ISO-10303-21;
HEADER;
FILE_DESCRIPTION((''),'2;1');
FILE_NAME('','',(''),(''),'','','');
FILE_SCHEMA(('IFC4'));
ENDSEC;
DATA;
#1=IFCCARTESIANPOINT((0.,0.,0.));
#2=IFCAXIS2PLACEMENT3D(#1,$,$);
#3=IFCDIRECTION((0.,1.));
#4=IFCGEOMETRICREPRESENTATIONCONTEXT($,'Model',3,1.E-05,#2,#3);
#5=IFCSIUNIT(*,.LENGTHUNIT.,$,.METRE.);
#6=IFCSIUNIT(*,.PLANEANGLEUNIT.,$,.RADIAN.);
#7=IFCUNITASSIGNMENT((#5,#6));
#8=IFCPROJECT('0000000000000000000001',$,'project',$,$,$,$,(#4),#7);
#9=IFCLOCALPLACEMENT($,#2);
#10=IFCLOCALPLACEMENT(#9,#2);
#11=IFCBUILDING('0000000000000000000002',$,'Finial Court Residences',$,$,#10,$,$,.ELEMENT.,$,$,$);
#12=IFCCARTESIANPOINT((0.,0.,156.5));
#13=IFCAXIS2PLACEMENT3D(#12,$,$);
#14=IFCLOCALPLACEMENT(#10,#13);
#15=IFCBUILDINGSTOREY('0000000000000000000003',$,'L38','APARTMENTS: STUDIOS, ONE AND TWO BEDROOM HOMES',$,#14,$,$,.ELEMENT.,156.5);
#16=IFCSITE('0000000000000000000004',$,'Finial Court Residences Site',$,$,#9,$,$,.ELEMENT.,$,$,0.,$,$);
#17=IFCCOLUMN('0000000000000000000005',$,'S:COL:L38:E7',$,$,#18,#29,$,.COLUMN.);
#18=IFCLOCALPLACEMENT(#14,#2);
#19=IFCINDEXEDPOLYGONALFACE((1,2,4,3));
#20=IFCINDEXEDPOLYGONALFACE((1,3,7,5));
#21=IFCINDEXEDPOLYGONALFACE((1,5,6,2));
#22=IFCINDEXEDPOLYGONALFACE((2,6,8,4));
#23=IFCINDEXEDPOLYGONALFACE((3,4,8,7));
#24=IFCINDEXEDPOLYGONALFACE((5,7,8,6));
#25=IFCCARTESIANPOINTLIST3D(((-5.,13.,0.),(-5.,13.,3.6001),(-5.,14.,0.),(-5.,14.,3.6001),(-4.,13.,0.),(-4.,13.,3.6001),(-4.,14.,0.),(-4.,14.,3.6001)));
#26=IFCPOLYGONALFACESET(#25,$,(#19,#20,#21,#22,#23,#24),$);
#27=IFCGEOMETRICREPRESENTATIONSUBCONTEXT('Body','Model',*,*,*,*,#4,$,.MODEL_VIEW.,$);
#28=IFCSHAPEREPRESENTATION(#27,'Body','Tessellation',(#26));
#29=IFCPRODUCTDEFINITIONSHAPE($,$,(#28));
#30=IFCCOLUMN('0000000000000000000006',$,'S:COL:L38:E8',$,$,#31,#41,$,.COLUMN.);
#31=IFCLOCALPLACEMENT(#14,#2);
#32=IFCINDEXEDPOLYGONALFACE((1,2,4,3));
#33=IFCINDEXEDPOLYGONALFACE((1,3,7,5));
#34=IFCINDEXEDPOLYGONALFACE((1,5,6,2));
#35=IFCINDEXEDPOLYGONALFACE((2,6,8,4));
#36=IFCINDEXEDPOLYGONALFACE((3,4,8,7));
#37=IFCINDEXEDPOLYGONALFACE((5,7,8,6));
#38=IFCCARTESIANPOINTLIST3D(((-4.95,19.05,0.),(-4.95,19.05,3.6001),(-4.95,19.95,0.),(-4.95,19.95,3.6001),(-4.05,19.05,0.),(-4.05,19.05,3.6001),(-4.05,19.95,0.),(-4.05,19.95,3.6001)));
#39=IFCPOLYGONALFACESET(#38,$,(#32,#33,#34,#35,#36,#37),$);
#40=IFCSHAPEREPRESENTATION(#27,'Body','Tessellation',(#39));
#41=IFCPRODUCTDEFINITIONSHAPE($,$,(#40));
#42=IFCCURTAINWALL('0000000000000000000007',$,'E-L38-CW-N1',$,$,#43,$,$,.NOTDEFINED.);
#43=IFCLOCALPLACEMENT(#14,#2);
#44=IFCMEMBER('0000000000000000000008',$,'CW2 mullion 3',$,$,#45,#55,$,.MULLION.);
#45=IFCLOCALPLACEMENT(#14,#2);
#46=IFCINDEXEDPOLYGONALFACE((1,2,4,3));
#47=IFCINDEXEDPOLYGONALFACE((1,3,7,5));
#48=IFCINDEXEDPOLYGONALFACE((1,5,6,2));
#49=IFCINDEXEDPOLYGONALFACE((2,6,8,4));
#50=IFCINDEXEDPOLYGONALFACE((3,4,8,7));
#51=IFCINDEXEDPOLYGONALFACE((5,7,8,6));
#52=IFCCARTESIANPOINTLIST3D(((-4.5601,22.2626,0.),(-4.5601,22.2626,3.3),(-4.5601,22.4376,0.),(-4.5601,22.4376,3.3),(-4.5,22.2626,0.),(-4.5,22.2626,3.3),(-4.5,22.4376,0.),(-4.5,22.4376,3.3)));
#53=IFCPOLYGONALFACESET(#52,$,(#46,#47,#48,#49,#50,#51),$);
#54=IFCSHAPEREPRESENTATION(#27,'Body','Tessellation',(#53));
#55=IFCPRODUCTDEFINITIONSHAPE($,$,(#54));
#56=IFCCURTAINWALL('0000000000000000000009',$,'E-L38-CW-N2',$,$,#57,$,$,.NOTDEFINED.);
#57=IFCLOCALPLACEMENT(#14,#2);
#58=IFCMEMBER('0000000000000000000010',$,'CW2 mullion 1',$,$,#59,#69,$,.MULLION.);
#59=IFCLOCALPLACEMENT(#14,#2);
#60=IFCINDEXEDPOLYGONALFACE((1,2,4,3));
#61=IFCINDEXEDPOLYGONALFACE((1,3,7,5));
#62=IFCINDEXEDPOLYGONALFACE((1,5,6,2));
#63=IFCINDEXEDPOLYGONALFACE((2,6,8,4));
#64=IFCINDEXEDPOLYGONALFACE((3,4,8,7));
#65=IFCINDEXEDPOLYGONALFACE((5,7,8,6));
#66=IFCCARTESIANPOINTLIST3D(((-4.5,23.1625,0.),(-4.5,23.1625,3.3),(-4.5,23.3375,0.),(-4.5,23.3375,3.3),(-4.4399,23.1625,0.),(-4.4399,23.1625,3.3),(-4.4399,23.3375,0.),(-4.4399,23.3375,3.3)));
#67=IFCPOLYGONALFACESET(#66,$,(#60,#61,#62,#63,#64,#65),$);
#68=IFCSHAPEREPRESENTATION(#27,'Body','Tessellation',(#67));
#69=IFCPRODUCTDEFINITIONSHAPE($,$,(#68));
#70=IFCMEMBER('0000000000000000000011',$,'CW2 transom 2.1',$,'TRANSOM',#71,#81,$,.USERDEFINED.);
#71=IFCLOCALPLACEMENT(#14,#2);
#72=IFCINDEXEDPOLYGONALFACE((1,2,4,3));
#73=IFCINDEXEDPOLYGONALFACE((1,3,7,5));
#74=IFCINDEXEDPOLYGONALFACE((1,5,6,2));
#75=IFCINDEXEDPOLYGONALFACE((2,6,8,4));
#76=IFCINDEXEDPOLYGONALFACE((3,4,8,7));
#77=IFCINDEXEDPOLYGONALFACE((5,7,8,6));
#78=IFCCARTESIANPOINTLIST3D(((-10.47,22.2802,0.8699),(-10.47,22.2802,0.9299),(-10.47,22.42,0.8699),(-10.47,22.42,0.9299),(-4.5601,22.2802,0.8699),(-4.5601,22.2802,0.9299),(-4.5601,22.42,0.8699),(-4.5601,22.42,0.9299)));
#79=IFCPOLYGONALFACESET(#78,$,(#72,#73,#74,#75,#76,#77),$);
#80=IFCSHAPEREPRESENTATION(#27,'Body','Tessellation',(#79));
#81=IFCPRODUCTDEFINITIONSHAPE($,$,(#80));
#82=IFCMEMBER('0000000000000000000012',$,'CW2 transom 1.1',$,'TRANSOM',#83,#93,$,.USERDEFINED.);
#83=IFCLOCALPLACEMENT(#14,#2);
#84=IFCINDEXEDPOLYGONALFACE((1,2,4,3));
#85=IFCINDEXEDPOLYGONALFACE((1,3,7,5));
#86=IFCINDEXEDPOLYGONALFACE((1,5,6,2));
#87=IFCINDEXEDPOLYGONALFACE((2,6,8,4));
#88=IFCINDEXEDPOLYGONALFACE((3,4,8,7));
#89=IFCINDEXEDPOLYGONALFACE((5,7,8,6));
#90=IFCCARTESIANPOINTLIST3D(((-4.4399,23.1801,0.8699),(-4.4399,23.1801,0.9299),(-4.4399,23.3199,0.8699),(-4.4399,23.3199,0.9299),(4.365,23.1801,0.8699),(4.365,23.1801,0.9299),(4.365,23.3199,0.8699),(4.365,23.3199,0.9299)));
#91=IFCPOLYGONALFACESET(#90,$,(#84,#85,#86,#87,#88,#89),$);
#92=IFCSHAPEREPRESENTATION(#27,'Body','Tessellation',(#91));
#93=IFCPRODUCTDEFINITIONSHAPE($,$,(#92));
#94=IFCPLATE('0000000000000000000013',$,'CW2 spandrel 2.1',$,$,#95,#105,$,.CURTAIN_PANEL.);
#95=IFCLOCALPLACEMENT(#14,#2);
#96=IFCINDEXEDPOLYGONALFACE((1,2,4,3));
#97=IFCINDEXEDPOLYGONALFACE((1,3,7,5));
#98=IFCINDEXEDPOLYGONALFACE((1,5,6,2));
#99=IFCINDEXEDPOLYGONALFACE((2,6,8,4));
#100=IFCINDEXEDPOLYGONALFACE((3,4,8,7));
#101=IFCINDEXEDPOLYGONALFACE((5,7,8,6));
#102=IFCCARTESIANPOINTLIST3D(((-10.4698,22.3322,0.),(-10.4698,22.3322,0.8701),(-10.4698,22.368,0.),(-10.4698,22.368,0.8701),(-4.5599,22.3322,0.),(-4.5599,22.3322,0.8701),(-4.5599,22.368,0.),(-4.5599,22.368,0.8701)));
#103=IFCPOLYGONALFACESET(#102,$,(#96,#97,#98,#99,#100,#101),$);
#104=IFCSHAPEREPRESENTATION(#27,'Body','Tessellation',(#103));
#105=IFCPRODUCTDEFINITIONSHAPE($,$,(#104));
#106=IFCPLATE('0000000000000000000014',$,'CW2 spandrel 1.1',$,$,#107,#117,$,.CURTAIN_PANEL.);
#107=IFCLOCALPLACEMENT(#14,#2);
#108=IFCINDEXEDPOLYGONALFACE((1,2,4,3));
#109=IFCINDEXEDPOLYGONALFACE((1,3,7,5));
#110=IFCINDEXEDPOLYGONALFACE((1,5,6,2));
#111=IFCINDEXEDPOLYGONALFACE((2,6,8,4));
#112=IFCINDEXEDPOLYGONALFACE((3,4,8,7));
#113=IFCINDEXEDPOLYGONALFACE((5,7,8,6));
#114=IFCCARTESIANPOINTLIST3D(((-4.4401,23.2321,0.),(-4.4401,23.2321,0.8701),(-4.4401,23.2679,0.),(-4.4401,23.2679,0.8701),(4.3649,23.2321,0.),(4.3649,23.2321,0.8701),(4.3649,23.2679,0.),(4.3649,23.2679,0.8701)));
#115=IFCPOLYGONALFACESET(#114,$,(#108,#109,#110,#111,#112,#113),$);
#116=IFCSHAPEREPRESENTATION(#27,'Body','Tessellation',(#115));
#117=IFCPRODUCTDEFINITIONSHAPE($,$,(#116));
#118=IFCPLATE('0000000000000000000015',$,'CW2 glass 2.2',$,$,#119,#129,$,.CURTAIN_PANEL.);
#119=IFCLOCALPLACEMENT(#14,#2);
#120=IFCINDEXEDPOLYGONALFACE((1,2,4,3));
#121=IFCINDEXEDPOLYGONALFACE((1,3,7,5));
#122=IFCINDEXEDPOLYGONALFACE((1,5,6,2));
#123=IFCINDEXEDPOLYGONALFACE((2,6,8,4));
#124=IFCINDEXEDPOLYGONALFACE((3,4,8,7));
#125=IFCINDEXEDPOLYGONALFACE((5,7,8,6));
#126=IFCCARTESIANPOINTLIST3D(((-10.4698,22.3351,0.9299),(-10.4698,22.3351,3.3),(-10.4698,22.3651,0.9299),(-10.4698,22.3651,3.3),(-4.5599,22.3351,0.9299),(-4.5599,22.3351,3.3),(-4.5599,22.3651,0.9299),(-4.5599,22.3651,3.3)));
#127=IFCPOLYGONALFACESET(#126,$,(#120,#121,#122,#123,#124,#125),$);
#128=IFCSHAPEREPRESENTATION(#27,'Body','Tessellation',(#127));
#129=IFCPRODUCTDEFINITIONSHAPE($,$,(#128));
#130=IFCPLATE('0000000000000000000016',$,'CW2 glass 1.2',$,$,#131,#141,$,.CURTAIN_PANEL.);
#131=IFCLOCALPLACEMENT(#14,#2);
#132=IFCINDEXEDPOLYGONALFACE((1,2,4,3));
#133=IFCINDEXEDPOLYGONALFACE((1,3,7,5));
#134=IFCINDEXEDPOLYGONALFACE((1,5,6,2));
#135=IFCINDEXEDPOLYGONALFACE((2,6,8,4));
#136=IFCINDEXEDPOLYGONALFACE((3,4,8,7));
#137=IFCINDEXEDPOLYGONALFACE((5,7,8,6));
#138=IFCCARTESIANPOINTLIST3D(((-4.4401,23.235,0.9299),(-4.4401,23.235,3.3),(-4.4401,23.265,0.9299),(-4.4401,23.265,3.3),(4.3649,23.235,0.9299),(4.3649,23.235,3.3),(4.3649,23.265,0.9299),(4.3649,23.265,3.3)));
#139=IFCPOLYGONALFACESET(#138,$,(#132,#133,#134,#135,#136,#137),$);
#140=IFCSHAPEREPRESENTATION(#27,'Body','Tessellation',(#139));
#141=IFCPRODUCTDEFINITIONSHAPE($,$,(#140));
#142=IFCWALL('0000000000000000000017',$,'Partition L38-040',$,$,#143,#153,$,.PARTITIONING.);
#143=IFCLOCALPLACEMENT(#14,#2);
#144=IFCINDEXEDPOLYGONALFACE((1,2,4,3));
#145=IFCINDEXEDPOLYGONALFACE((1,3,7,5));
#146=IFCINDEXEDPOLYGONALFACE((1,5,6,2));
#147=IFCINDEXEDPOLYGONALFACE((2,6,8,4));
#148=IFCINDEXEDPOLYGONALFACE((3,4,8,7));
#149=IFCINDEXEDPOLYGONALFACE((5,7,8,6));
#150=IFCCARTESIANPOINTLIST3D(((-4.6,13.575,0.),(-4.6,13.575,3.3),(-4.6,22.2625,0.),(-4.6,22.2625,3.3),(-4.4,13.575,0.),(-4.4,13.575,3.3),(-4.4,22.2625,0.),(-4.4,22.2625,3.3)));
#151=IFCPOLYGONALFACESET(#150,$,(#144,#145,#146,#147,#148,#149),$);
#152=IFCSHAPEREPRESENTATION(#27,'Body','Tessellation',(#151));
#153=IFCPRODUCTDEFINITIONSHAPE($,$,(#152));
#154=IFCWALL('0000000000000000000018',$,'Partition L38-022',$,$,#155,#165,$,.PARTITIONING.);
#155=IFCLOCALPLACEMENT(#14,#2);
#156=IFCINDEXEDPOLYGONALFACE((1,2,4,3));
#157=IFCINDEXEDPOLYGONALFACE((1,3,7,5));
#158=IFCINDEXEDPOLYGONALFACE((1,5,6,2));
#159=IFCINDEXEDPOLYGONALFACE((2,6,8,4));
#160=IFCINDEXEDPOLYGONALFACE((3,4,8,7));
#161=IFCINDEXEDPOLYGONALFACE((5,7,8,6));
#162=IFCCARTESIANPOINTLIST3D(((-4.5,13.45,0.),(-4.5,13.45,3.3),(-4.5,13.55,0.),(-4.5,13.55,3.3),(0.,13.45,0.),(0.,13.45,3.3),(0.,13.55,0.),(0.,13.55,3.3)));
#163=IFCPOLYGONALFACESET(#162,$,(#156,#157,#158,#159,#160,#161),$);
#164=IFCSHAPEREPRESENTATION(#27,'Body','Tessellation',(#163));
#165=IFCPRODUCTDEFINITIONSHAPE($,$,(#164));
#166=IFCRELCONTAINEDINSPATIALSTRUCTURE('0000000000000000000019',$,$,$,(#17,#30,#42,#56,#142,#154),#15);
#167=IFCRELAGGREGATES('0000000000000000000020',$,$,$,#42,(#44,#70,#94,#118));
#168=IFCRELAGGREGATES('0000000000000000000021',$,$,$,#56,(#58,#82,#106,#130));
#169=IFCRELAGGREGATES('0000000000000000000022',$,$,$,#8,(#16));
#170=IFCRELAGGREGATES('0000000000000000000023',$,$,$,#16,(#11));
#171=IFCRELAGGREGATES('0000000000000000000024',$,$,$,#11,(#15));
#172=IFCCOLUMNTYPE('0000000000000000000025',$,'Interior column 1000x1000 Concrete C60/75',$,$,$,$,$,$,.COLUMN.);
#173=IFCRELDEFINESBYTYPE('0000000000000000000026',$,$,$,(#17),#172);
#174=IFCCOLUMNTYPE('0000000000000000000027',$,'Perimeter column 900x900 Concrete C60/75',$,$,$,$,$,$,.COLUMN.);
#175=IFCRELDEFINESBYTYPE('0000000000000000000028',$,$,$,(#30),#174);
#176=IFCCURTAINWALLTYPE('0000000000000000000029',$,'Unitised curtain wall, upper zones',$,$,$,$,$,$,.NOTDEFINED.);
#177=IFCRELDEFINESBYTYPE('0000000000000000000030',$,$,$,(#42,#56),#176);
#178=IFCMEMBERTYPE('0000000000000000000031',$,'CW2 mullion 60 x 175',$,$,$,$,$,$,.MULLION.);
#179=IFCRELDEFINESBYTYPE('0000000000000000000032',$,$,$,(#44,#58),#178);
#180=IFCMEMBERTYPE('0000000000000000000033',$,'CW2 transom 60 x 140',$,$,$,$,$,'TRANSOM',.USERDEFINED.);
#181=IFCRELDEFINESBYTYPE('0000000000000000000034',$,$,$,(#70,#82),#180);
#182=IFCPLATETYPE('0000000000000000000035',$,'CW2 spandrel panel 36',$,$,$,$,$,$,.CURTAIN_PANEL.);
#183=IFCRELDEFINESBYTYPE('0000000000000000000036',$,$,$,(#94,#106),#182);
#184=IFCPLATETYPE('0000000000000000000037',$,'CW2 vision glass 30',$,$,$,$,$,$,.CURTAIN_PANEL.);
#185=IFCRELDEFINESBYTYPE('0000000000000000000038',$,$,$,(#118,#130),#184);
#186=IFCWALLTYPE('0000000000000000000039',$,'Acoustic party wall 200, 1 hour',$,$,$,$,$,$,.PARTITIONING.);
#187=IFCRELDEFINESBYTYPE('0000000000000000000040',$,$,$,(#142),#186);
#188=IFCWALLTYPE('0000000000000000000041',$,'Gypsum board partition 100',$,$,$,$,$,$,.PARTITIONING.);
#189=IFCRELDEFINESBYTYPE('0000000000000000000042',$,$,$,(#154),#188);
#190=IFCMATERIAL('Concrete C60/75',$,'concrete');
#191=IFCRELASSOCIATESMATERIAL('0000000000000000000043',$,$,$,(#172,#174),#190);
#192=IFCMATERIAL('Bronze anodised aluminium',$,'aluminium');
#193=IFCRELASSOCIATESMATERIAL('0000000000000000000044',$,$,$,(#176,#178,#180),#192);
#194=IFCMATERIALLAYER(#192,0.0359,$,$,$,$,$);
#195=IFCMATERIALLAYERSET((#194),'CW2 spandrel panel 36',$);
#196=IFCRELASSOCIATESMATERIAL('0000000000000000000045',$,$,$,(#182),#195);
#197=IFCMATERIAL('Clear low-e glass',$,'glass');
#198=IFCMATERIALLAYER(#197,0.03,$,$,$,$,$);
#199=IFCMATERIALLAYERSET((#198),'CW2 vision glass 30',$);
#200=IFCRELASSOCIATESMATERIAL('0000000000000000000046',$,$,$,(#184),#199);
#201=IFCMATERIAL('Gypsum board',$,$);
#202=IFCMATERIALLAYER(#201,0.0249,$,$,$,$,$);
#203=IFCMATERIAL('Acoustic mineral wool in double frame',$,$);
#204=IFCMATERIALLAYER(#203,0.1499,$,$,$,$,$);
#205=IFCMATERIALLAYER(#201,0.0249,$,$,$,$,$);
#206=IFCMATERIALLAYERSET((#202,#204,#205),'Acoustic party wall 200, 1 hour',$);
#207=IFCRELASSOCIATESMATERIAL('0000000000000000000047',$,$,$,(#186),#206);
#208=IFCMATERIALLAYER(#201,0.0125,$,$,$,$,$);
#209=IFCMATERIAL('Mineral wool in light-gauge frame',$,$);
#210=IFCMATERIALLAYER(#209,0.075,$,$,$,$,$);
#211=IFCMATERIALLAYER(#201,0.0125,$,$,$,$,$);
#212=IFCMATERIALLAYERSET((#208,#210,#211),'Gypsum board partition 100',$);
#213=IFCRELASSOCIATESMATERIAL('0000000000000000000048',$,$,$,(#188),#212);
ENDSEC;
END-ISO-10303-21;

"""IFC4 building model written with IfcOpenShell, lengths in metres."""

from ifc_helpers import new_model, si_unit, direction, frame, frame_2d, origin, origin_2d, place, context, subcontext, project, spatial, rectangle, extrude, material, layer, layer_set, material_profile, profile_set, type_object, element, aggregate, save


model = new_model("IFC4")

# Units and contexts
model_context = context("Model", 3, precision=1e-05, world=origin(), true_north=direction((0.0, 1.0)))
body_context = subcontext(model_context, "Body", "Model", "MODEL_VIEW")
ifc_project = project(units=[si_unit("LENGTHUNIT", "METRE"), si_unit("PLANEANGLEUNIT", "RADIAN")], contexts=[model_context])

# Site, building, storey
site_placement = place(None, origin())
site = spatial("IfcSite", under=ifc_project, at=site_placement, Name="Finial Court Residences Site", CompositionType="ELEMENT", RefElevation=0.0)
building_placement = place(site_placement, origin())
building = spatial("IfcBuilding", under=site, at=building_placement, Name="Finial Court Residences", CompositionType="ELEMENT")
storey_placement = place(building_placement, frame((0.0, 0.0, 156.5)))
storey = spatial("IfcBuildingStorey", under=building, at=storey_placement, Name="L38", Description="APARTMENTS: STUDIOS, ONE AND TWO BEDROOM HOMES", CompositionType="ELEMENT", Elevation=156.5)

# Columns
ifc_material_1 = material(Name="Concrete C60/75", Category="concrete")
ifc_material_profile_1 = material_profile(ifc_material_1, rectangle(XDim=1.0, YDim=1.0, at=origin_2d()), Name="1000x1000")
ifc_profile_set_1 = profile_set([ifc_material_profile_1], Name="Concrete C60/75")
column_type_1 = type_object("IfcColumnType", Name="Interior column 1000x1000 Concrete C60/75", PredefinedType="COLUMN", material=ifc_profile_set_1)
column_1_placement = place(storey_placement, frame((-4.5, 13.5, 0.0), z_axis=(0.0, 0.0, 1.0), x_axis=(1.0, 0.0, 0.0)))
element("IfcColumn", 1, at=column_1_placement, inside=storey, type_object=column_type_1, Name="S:COL:L38:E7", PredefinedType="COLUMN", context=body_context, shape_type="SweptSolid", body=[
    extrude(rectangle(XDim=1.0, YDim=1.0, at=origin_2d()), origin(), (0.0, 0.0, 1.0), 3.6001),
])
ifc_material_profile_2 = material_profile(ifc_material_1, rectangle(XDim=0.8999, YDim=0.8999, at=origin_2d()), Name="900x900")
ifc_profile_set_2 = profile_set([ifc_material_profile_2], Name="Concrete C60/75")
column_type_2 = type_object("IfcColumnType", Name="Perimeter column 900x900 Concrete C60/75", PredefinedType="COLUMN", material=ifc_profile_set_2)
column_2_placement = place(storey_placement, frame((-4.5, 19.5, 0.0), z_axis=(0.0, 0.0, 1.0), x_axis=(1.0, 0.0, 0.0)))
element("IfcColumn", 2, at=column_2_placement, inside=storey, type_object=column_type_2, Name="S:COL:L38:E8", PredefinedType="COLUMN", context=body_context, shape_type="SweptSolid", body=[
    extrude(rectangle(XDim=0.8999, YDim=0.8999, at=origin_2d()), origin(), (0.0, 0.0, 1.0), 3.6001),
])

# Curtain walls, members
ifc_material_2 = material(Name="Bronze anodised aluminium", Category="aluminium")
curtain_wall_type = type_object("IfcCurtainWallType", Name="Unitised curtain wall, upper zones", PredefinedType="NOTDEFINED", material=ifc_material_2)
curtain_wall_1_placement = place(storey_placement, origin())
curtain_wall_1 = element("IfcCurtainWall", 3, at=curtain_wall_1_placement, inside=storey, type_object=curtain_wall_type, Name="E-L38-CW-N1", PredefinedType="NOTDEFINED")
ifc_material_profile_3 = material_profile(ifc_material_2, rectangle(XDim=0.175, YDim=0.0601, at=origin_2d()), Name="CW2 mullion 60 x 175")
ifc_profile_set_3 = profile_set([ifc_material_profile_3], Name="Bronze anodised aluminium")
member_type_1 = type_object("IfcMemberType", Name="CW2 mullion 60 x 175", PredefinedType="MULLION", material=ifc_profile_set_3)
member_1_placement = place(storey_placement, frame((-4.53, 22.3501, 0.0), z_axis=(0.0, 0.0, 1.0), x_axis=(0.0, 1.0, 0.0)))
member_1 = element("IfcMember", 4, at=member_1_placement, type_object=member_type_1, Name="CW2 mullion 3", PredefinedType="MULLION", context=body_context, shape_type="SweptSolid", body=[
    extrude(rectangle(XDim=0.175, YDim=0.0601, at=origin_2d()), origin(), (0.0, 0.0, 1.0), 3.3),
])
curtain_wall_2_placement = place(storey_placement, origin())
curtain_wall_2 = element("IfcCurtainWall", 5, at=curtain_wall_2_placement, inside=storey, type_object=curtain_wall_type, Name="E-L38-CW-N2", PredefinedType="NOTDEFINED")
member_2_placement = place(storey_placement, frame((-4.47, 23.25, 0.0), z_axis=(0.0, 0.0, 1.0), x_axis=(0.0, 1.0, 0.0)))
member_2 = element("IfcMember", 6, at=member_2_placement, type_object=member_type_1, Name="CW2 mullion 1", PredefinedType="MULLION", context=body_context, shape_type="SweptSolid", body=[
    extrude(rectangle(XDim=0.175, YDim=0.0601, at=origin_2d()), origin(), (0.0, 0.0, 1.0), 3.3),
])

# Members
ifc_material_profile_4 = material_profile(ifc_material_2, rectangle(XDim=0.1399, YDim=0.0601, at=origin_2d()), Name="CW2 transom 60 x 140")
ifc_profile_set_4 = profile_set([ifc_material_profile_4], Name="Bronze anodised aluminium")
member_type_2 = type_object("IfcMemberType", Name="CW2 transom 60 x 140", ElementType="TRANSOM", PredefinedType="USERDEFINED", material=ifc_profile_set_4)
member_3_placement = place(storey_placement, frame((-10.47, 22.3501, 0.8999), z_axis=(1.0, 0.0, 0.0), x_axis=(0.0, 1.0, 0.0)))
member_3 = element("IfcMember", 7, at=member_3_placement, type_object=member_type_2, Name="CW2 transom 2.1", ObjectType="TRANSOM", PredefinedType="USERDEFINED", context=body_context, shape_type="SweptSolid", body=[
    extrude(rectangle(XDim=0.1399, YDim=0.0601, at=origin_2d()), origin(), (0.0, 0.0, 1.0), 5.9099),
])
member_4_placement = place(storey_placement, frame((-4.4399, 23.25, 0.8999), z_axis=(1.0, 0.0, 0.0), x_axis=(0.0, 1.0, 0.0)))
member_4 = element("IfcMember", 8, at=member_4_placement, type_object=member_type_2, Name="CW2 transom 1.1", ObjectType="TRANSOM", PredefinedType="USERDEFINED", context=body_context, shape_type="SweptSolid", body=[
    extrude(rectangle(XDim=0.1399, YDim=0.0601, at=origin_2d()), origin(), (0.0, 0.0, 1.0), 8.8049),
])

# Plates
ifc_layer_1 = layer(ifc_material_2, 0.0359)
ifc_layer_set_1 = layer_set([ifc_layer_1], Name="CW2 spandrel panel 36")
plate_type_1 = type_object("IfcPlateType", Name="CW2 spandrel panel 36", PredefinedType="CURTAIN_PANEL", material=ifc_layer_set_1)
plate_1_placement = place(storey_placement, frame((-7.5149, 22.3501, 0.0), z_axis=(0.0, 0.0, 1.0), x_axis=(1.0, 0.0, 0.0)))
plate_1 = element("IfcPlate", 9, at=plate_1_placement, type_object=plate_type_1, Name="CW2 spandrel 2.1", PredefinedType="CURTAIN_PANEL", context=body_context, shape_type="SweptSolid", body=[
    extrude(rectangle(XDim=5.9099, YDim=0.0359, at=origin_2d()), origin(), (0.0, 0.0, 1.0), 0.8701),
])
plate_2_placement = place(storey_placement, frame((-0.0376, 23.25, 0.0), z_axis=(0.0, 0.0, 1.0), x_axis=(1.0, 0.0, 0.0)))
plate_2 = element("IfcPlate", 10, at=plate_2_placement, type_object=plate_type_1, Name="CW2 spandrel 1.1", PredefinedType="CURTAIN_PANEL", context=body_context, shape_type="SweptSolid", body=[
    extrude(rectangle(XDim=8.8049, YDim=0.0359, at=origin_2d()), origin(), (0.0, 0.0, 1.0), 0.8701),
])
ifc_material_3 = material(Name="Clear low-e glass", Category="glass")
ifc_layer_2 = layer(ifc_material_3, 0.03)
ifc_layer_set_2 = layer_set([ifc_layer_2], Name="CW2 vision glass 30")
plate_type_2 = type_object("IfcPlateType", Name="CW2 vision glass 30", PredefinedType="CURTAIN_PANEL", material=ifc_layer_set_2)
plate_3_placement = place(storey_placement, frame((-7.5149, 22.3501, 0.9299), z_axis=(0.0, 0.0, 1.0), x_axis=(1.0, 0.0, 0.0)))
plate_3 = element("IfcPlate", 11, at=plate_3_placement, type_object=plate_type_2, Name="CW2 glass 2.2", PredefinedType="CURTAIN_PANEL", context=body_context, shape_type="SweptSolid", body=[
    extrude(rectangle(XDim=5.9099, YDim=0.03, at=origin_2d()), origin(), (0.0, 0.0, 1.0), 2.3701),
])
aggregate(curtain_wall_1, [member_1, member_3, plate_1, plate_3])
plate_4_placement = place(storey_placement, frame((-0.0376, 23.25, 0.9299), z_axis=(0.0, 0.0, 1.0), x_axis=(1.0, 0.0, 0.0)))
plate_4 = element("IfcPlate", 12, at=plate_4_placement, type_object=plate_type_2, Name="CW2 glass 1.2", PredefinedType="CURTAIN_PANEL", context=body_context, shape_type="SweptSolid", body=[
    extrude(rectangle(XDim=8.8049, YDim=0.03, at=origin_2d()), origin(), (0.0, 0.0, 1.0), 2.3701),
])
aggregate(curtain_wall_2, [member_2, member_4, plate_2, plate_4])

# Walls
ifc_material_4 = material(Name="Gypsum board")
ifc_layer_3 = layer(ifc_material_4, 0.0249)
ifc_material_5 = material(Name="Acoustic mineral wool in double frame")
ifc_layer_4 = layer(ifc_material_5, 0.1499)
ifc_layer_5 = layer(ifc_material_4, 0.0249)
ifc_layer_set_3 = layer_set([ifc_layer_3, ifc_layer_4, ifc_layer_5], Name="Acoustic party wall 200, 1 hour")
wall_type_1 = type_object("IfcWallType", Name="Acoustic party wall 200, 1 hour", PredefinedType="PARTITIONING", material=ifc_layer_set_3)
wall_1_placement = place(storey_placement, frame((-4.5, 13.575, 0.0), z_axis=(0.0, 0.0, 1.0), x_axis=(0.0, 1.0, 0.0)))
element("IfcWall", 13, at=wall_1_placement, inside=storey, type_object=wall_type_1, Name="Partition L38-040", PredefinedType="PARTITIONING", context=body_context, shape_type="SweptSolid", body=[
    extrude(rectangle(XDim=8.6875, YDim=0.2, at=frame_2d((4.3438, 0.0))), origin(), (0.0, 0.0, 1.0), 3.3),
])
ifc_layer_6 = layer(ifc_material_4, 0.0125)
ifc_material_6 = material(Name="Mineral wool in light-gauge frame")
ifc_layer_7 = layer(ifc_material_6, 0.075)
ifc_layer_8 = layer(ifc_material_4, 0.0125)
ifc_layer_set_4 = layer_set([ifc_layer_6, ifc_layer_7, ifc_layer_8], Name="Gypsum board partition 100")
wall_type_2 = type_object("IfcWallType", Name="Gypsum board partition 100", PredefinedType="PARTITIONING", material=ifc_layer_set_4)
wall_2_placement = place(storey_placement, frame((-4.5, 13.5, 0.0), z_axis=(0.0, 0.0, 1.0), x_axis=(1.0, 0.0, 0.0)))
element("IfcWall", 14, at=wall_2_placement, inside=storey, type_object=wall_type_2, Name="Partition L38-022", PredefinedType="PARTITIONING", context=body_context, shape_type="SweptSolid", body=[
    extrude(rectangle(XDim=4.5, YDim=0.1001, at=frame_2d((2.25, 0.0))), origin(), (0.0, 0.0, 1.0), 3.3),
])

save(model, "model.ifc")
